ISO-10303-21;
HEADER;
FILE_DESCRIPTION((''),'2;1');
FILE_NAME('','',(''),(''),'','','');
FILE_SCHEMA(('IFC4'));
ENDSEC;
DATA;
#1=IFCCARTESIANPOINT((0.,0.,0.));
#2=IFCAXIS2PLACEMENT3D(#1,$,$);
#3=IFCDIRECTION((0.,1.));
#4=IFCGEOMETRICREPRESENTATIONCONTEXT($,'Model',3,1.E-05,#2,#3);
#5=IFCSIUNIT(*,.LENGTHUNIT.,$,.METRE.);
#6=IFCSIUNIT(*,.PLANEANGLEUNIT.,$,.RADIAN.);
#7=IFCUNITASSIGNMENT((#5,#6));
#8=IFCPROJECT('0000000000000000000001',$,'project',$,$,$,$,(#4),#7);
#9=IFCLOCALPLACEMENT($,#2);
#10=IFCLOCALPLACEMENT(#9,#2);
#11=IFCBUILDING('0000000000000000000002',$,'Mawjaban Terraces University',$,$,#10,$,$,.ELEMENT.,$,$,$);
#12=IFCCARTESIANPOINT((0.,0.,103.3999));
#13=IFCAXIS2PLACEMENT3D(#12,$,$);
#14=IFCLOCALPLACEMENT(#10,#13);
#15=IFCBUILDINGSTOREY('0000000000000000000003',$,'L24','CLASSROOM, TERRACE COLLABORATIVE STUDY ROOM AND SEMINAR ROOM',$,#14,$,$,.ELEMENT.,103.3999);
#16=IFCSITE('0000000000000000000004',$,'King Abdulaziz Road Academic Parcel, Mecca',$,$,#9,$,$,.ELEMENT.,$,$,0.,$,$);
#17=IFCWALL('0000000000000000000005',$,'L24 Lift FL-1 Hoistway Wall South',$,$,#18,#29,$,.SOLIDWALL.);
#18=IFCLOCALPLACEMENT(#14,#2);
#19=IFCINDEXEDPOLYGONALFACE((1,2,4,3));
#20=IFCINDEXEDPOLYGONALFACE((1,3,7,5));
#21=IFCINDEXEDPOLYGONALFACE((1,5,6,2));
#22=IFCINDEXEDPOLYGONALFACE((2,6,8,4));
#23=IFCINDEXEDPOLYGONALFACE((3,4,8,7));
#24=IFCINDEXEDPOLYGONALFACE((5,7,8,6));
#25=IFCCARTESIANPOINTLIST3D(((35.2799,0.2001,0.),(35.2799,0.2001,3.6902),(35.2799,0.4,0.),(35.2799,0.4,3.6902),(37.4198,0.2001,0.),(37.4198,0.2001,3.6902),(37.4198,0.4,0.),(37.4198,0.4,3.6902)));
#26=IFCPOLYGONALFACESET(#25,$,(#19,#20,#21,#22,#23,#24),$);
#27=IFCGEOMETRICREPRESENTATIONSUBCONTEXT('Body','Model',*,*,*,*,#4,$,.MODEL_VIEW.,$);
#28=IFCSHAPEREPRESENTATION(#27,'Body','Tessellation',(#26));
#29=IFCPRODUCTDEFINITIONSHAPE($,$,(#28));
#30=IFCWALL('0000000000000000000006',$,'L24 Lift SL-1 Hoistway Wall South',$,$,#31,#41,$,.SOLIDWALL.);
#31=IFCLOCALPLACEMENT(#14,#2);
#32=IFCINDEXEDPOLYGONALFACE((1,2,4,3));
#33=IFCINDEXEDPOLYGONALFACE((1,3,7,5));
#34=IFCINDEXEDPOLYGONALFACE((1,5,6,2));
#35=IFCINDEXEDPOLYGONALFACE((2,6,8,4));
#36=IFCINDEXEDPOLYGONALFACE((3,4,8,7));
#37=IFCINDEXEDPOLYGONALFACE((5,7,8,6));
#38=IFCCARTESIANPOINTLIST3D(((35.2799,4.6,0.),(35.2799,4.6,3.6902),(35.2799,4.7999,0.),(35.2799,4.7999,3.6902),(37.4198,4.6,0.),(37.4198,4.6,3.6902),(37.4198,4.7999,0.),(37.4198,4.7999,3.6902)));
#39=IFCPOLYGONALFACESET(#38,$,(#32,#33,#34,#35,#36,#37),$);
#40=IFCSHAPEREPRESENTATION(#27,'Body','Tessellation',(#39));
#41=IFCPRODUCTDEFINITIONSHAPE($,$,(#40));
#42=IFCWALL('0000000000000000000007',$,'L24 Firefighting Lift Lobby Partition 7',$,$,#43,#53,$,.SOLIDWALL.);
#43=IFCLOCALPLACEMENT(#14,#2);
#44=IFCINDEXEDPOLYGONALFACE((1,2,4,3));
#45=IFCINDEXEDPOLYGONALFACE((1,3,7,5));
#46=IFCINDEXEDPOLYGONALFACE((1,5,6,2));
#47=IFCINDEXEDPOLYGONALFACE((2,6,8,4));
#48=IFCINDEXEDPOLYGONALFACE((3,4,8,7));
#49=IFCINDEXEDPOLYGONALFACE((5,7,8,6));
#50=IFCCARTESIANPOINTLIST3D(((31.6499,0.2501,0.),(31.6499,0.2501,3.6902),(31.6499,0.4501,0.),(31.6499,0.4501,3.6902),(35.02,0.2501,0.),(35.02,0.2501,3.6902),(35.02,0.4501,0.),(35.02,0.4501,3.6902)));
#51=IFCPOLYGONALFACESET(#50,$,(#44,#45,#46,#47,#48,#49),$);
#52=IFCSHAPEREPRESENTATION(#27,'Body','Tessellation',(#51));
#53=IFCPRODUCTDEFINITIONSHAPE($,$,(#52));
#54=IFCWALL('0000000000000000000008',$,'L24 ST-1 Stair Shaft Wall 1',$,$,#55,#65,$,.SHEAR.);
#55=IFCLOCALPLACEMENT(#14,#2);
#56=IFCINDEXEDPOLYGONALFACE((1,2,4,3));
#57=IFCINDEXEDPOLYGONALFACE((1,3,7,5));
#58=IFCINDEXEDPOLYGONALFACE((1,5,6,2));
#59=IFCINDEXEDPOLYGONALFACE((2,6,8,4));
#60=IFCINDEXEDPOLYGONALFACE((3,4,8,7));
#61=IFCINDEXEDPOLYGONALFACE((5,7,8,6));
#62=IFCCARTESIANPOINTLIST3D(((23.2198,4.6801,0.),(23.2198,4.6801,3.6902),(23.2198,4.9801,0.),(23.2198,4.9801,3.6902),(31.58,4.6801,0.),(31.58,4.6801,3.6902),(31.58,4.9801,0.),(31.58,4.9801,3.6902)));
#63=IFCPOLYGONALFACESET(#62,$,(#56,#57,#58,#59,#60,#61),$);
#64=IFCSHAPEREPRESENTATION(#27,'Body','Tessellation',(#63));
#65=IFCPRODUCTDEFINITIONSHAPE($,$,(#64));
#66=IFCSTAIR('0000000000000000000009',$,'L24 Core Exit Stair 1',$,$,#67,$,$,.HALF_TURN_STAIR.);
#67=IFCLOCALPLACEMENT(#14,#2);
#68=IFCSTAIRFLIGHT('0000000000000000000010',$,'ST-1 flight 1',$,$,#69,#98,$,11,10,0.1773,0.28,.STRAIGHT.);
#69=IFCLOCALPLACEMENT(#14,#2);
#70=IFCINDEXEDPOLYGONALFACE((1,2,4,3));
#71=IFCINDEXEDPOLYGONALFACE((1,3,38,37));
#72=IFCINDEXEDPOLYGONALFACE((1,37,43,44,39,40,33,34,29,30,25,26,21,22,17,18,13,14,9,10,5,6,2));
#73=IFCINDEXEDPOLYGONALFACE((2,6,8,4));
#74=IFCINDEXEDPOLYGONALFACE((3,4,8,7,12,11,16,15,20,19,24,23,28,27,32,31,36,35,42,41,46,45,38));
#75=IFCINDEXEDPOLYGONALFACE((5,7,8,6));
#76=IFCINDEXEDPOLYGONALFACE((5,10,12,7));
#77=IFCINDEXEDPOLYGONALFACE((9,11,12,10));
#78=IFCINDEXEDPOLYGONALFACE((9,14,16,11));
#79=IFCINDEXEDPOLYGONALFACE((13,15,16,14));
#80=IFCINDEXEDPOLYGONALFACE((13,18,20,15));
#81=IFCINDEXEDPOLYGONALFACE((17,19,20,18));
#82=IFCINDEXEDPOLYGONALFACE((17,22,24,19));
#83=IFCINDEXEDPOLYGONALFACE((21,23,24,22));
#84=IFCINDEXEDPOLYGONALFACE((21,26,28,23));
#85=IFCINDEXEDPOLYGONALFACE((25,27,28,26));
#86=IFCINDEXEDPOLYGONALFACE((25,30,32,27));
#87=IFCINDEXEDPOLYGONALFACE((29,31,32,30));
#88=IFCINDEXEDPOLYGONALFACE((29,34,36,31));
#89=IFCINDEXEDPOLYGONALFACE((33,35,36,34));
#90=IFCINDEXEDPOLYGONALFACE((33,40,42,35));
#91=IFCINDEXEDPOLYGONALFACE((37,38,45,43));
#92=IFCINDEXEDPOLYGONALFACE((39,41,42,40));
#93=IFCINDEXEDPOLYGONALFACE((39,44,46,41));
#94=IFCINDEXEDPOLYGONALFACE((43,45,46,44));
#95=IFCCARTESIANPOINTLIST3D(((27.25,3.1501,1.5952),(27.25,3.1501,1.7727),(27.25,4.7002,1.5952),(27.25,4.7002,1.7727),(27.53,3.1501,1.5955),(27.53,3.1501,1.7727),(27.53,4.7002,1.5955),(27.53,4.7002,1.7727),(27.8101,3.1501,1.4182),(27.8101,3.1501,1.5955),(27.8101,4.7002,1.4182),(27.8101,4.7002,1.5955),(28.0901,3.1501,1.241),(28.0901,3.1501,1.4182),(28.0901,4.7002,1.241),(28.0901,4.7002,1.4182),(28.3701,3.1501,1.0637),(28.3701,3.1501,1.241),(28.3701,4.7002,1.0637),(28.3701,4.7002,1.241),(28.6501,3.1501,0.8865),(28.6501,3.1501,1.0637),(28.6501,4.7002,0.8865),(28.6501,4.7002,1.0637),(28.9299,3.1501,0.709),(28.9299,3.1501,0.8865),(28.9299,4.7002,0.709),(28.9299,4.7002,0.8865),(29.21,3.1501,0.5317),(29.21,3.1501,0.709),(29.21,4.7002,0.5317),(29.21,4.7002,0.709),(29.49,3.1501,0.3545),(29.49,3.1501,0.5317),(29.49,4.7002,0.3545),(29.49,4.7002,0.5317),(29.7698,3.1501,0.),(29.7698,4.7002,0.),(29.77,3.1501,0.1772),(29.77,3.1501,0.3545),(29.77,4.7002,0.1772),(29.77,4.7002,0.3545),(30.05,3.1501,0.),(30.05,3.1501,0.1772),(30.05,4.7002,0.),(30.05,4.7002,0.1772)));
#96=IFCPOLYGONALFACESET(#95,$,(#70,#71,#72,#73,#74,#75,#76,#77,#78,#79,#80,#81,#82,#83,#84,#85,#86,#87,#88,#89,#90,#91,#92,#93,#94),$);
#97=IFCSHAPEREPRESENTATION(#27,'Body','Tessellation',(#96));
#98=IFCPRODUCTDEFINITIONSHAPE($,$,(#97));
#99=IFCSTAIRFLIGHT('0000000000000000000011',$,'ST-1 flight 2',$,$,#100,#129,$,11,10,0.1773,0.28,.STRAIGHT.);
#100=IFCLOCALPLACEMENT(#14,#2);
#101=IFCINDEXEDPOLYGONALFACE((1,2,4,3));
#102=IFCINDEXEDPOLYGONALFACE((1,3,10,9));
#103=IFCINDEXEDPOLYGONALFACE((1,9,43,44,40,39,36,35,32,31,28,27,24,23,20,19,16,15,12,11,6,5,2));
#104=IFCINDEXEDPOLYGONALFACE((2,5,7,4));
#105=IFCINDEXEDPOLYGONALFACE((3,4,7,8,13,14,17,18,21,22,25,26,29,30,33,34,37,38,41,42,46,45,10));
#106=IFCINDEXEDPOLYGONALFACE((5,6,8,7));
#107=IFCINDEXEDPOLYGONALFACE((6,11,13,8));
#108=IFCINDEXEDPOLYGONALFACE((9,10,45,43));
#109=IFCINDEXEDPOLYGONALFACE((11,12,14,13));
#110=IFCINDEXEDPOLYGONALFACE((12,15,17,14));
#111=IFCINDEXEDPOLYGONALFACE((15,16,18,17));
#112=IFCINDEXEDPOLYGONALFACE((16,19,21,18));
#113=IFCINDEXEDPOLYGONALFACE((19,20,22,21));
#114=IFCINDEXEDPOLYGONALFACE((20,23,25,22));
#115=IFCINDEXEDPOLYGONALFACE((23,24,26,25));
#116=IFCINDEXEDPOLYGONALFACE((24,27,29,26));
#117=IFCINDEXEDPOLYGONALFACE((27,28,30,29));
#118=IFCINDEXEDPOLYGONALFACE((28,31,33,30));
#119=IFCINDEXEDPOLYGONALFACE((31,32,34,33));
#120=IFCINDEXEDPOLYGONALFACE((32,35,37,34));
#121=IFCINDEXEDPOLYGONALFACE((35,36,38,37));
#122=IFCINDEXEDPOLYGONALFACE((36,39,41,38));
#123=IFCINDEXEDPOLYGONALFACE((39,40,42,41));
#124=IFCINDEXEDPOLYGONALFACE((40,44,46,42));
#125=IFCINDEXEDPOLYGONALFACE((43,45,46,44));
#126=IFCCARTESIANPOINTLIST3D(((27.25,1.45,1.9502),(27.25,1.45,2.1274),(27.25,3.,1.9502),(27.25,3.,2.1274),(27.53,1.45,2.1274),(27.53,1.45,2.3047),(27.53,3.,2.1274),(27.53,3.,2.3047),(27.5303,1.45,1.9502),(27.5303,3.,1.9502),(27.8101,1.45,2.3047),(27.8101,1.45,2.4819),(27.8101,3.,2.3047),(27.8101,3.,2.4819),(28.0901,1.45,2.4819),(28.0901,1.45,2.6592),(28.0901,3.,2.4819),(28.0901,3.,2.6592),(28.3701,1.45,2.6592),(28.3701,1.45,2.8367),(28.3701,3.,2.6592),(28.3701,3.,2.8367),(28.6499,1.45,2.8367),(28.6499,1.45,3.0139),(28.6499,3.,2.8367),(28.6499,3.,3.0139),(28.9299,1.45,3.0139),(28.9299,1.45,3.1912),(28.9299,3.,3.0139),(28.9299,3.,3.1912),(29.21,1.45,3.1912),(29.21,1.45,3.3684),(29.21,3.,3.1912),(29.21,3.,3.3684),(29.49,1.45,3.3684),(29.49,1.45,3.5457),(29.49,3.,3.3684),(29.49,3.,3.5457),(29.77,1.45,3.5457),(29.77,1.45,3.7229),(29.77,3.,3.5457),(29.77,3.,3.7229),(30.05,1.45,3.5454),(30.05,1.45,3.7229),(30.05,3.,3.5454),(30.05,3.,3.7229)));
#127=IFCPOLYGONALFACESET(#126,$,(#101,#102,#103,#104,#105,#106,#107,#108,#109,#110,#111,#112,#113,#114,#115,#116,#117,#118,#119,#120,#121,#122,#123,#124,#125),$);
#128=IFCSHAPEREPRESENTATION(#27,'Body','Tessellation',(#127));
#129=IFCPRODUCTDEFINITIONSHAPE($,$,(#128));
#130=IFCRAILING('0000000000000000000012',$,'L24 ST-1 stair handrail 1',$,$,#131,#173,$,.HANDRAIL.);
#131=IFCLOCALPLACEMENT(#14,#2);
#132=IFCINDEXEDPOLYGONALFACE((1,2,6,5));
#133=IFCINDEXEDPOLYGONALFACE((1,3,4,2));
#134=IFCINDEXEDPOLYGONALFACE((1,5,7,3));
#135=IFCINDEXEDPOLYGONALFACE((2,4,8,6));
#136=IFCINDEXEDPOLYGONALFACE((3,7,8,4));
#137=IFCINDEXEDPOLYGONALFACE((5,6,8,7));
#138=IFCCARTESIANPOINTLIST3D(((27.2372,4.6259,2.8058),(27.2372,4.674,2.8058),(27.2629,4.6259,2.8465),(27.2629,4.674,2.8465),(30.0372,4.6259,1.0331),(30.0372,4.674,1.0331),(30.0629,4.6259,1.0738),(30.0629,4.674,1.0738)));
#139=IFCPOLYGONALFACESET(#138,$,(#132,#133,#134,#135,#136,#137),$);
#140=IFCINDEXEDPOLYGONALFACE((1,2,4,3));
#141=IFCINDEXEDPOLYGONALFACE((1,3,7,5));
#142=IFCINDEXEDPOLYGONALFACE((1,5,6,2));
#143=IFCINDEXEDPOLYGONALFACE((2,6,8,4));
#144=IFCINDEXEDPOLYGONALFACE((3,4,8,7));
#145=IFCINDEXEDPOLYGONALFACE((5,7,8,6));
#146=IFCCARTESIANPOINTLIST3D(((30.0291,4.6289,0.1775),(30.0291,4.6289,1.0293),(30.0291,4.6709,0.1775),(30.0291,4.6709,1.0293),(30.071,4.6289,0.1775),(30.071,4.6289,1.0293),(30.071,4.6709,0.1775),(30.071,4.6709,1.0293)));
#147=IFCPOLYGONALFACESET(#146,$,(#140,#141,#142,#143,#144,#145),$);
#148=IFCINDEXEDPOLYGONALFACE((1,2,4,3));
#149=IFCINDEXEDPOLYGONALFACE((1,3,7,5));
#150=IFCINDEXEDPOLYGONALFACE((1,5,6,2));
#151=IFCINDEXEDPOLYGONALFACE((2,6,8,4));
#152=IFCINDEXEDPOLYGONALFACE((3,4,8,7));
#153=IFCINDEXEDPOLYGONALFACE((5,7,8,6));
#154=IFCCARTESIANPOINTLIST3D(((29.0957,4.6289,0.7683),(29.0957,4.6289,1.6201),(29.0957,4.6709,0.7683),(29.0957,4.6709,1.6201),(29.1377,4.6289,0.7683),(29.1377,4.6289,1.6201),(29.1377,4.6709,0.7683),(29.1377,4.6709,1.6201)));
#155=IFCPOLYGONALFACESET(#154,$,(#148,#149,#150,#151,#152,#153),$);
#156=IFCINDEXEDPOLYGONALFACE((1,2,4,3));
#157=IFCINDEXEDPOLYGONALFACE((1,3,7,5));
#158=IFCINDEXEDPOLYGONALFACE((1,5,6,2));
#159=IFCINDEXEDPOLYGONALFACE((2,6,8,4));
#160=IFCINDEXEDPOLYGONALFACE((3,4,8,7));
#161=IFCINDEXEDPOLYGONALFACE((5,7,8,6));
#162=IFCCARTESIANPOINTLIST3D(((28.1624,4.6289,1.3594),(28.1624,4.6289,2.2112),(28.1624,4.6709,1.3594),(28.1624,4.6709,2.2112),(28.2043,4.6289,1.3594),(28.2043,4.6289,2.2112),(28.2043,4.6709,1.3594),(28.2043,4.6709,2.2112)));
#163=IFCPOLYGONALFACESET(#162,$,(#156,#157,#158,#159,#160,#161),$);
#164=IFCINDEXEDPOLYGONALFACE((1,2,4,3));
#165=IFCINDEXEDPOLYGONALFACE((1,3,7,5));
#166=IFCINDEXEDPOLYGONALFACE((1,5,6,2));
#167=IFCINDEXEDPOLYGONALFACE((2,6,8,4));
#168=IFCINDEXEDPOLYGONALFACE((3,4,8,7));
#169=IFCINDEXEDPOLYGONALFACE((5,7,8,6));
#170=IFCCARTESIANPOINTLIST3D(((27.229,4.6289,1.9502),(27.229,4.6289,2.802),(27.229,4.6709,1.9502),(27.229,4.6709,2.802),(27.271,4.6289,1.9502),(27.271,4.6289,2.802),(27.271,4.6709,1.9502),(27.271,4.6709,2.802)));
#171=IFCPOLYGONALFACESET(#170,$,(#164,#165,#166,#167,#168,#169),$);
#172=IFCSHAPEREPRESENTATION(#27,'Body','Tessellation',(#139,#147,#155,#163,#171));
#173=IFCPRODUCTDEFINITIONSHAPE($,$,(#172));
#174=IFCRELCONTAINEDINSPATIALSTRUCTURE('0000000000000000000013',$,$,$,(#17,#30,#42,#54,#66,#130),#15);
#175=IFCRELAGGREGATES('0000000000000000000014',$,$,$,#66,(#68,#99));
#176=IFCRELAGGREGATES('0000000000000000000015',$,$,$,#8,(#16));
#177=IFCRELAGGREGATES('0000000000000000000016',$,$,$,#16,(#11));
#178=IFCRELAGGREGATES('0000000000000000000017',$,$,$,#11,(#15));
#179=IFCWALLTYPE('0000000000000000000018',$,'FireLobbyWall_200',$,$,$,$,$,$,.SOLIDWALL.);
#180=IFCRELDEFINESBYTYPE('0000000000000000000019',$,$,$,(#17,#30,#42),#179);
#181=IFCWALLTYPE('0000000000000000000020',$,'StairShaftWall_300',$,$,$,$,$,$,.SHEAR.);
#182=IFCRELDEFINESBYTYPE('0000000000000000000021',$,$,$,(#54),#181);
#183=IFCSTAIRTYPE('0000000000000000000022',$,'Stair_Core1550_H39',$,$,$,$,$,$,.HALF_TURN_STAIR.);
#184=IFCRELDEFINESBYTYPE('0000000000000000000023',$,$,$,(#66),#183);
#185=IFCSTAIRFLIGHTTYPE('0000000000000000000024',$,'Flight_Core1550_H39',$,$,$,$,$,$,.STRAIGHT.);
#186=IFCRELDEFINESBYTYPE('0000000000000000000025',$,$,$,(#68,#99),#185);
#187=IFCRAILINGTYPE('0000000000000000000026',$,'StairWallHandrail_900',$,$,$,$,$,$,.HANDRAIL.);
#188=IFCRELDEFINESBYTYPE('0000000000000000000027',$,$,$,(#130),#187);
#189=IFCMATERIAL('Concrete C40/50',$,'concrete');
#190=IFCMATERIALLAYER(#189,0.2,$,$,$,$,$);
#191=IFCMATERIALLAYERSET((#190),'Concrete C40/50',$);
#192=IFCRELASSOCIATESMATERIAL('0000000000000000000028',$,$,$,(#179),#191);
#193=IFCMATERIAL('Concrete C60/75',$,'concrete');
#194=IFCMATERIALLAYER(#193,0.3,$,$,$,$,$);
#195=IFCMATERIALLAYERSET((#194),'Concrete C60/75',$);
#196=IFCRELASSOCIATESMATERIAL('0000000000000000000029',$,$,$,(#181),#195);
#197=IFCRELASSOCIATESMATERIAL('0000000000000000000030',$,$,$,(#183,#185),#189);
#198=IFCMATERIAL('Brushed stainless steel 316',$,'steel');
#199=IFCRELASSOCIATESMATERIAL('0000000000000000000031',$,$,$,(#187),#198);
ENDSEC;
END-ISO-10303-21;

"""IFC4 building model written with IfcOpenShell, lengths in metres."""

from ifc_helpers import new_model, si_unit, direction, frame, frame_2d, origin, origin_2d, place, context, subcontext, project, spatial, polyline, rectangle, outline, extrude, material, layer, layer_set, type_object, element, aggregate, save


model = new_model("IFC4")

# Units and contexts
model_context = context("Model", 3, precision=1e-05, world=origin(), true_north=direction((0.0, 1.0)))
body_context = subcontext(model_context, "Body", "Model", "MODEL_VIEW")
ifc_project = project(units=[si_unit("LENGTHUNIT", "METRE"), si_unit("PLANEANGLEUNIT", "RADIAN")], contexts=[model_context])

# Site, building, storey
site_placement = place(None, origin())
site = spatial("IfcSite", under=ifc_project, at=site_placement, Name="King Abdulaziz Road Academic Parcel, Mecca", CompositionType="ELEMENT", RefElevation=0.0)
building_placement = place(site_placement, origin())
building = spatial("IfcBuilding", under=site, at=building_placement, Name="Mawjaban Terraces University", CompositionType="ELEMENT")
storey_placement = place(building_placement, frame((0.0, 0.0, 103.3999)))
storey = spatial("IfcBuildingStorey", under=building, at=storey_placement, Name="L24", Description="CLASSROOM, TERRACE COLLABORATIVE STUDY ROOM AND SEMINAR ROOM", CompositionType="ELEMENT", Elevation=103.3999)

# Shared definitions
ifc_material_1 = material(Name="Concrete C60/75", Category="concrete")

# Shared definitions
ifc_material_2 = material(Name="Concrete C40/50", Category="concrete")
ifc_layer_1 = layer(ifc_material_2, 0.2)
ifc_layer_set_1 = layer_set([ifc_layer_1], Name="Concrete C40/50")
wall_type_1 = type_object("IfcWallType", Name="FireLobbyWall_200", PredefinedType="SOLIDWALL", material=ifc_layer_set_1)

# Wall
wall_1_placement = place(storey_placement, frame((35.28, 0.3, 0.0), z_axis=(0.0, 0.0, 1.0), x_axis=(1.0, 0.0, 0.0)))
element("IfcWall", 1, at=wall_1_placement, inside=storey, type_object=wall_type_1, Name="L24 Lift FL-1 Hoistway Wall South", PredefinedType="SOLIDWALL", context=body_context, shape_type="SweptSolid", body=[
    extrude(rectangle(XDim=2.1399, YDim=0.2, at=frame_2d((1.0698, 0.0))), origin(), (0.0, 0.0, 1.0), 3.6902),
])

# Walls
wall_2_placement = place(storey_placement, frame((35.28, 4.7, 0.0), z_axis=(0.0, 0.0, 1.0), x_axis=(1.0, 0.0, 0.0)))
element("IfcWall", 2, at=wall_2_placement, inside=storey, type_object=wall_type_1, Name="L24 Lift SL-1 Hoistway Wall South", PredefinedType="SOLIDWALL", context=body_context, shape_type="SweptSolid", body=[
    extrude(rectangle(XDim=2.1399, YDim=0.2, at=frame_2d((1.0698, 0.0))), origin(), (0.0, 0.0, 1.0), 3.6902),
])
wall_3_placement = place(storey_placement, frame((31.6499, 0.3501, 0.0), z_axis=(0.0, 0.0, 1.0), x_axis=(1.0, 0.0, 0.0)))
element("IfcWall", 3, at=wall_3_placement, inside=storey, type_object=wall_type_1, Name="L24 Firefighting Lift Lobby Partition 7", PredefinedType="SOLIDWALL", context=body_context, shape_type="SweptSolid", body=[
    extrude(rectangle(XDim=3.3701, YDim=0.2, at=frame_2d((1.6851, 0.0))), origin(), (0.0, 0.0, 1.0), 3.6902),
])

# Wall
ifc_layer_2 = layer(ifc_material_1, 0.3)
ifc_layer_set_2 = layer_set([ifc_layer_2], Name="Concrete C60/75")
wall_type_2 = type_object("IfcWallType", Name="StairShaftWall_300", PredefinedType="SHEAR", material=ifc_layer_set_2)
wall_4_placement = place(storey_placement, frame((31.5801, 4.8301, 0.0), z_axis=(0.0, 0.0, 1.0), x_axis=(-1.0, 0.0, 0.0)))
element("IfcWall", 4, at=wall_4_placement, inside=storey, type_object=wall_type_2, Name="L24 ST-1 Stair Shaft Wall 1", PredefinedType="SHEAR", context=body_context, shape_type="SweptSolid", body=[
    extrude(rectangle(XDim=8.3601, YDim=0.3, at=frame_2d((4.1802, 0.0))), origin(), (0.0, 0.0, 1.0), 3.6902),
])

# Stair, stair flights
stair_type = type_object("IfcStairType", Name="Stair_Core1550_H39", PredefinedType="HALF_TURN_STAIR", material=ifc_material_2)
stair_placement = place(storey_placement, origin())
stair = element("IfcStair", 5, at=stair_placement, inside=storey, type_object=stair_type, Name="L24 Core Exit Stair 1", PredefinedType="HALF_TURN_STAIR")
stair_flight_type = type_object("IfcStairFlightType", Name="Flight_Core1550_H39", PredefinedType="STRAIGHT", material=ifc_material_2)
stair_flight_1_placement = place(storey_placement, frame((30.05, 3.925, 0.0), z_axis=(0.0, 0.0, 1.0), x_axis=(-1.0, 0.0, 0.0)))
stair_flight_1 = element("IfcStairFlight", 6, at=stair_flight_1_placement, type_object=stair_flight_type, Name="ST-1 flight 1", NumberOfRisers=11, NumberOfTreads=10, PredefinedType="STRAIGHT", RiserHeight=0.1773, TreadLength=0.28, context=body_context, shape_type="SweptSolid", body=[
    extrude(outline(polyline([(0.0, 0.0), (0.0, 0.1772), (0.28, 0.1772), (0.28, 0.3545), (0.5601, 0.3545), (0.5601, 0.5317), (0.8401, 0.5317), (0.8401, 0.709), (1.1201, 0.709), (1.1201, 0.8865), (1.3999, 0.8865), (1.3999, 1.0637), (1.6799, 1.0637), (1.6799, 1.241), (1.96, 1.241), (1.96, 1.4182), (2.24, 1.4182), (2.24, 1.5955), (2.52, 1.5955), (2.52, 1.7727), (2.8, 1.7727), (2.8, 1.95), (2.8, 1.5952), (0.2803, 0.0), (0.0, 0.0)])), frame((0.0, 0.7749, 0.0), z_axis=(0.0, -1.0, 0.0), x_axis=(1.0, 0.0, 0.0)), (0.0, 0.0, 1.0), 1.55),
])
stair_flight_2_placement = place(storey_placement, frame((27.25, 2.2251, 1.9502), z_axis=(0.0, 0.0, 1.0), x_axis=(1.0, 0.0, 0.0)))
stair_flight_2 = element("IfcStairFlight", 7, at=stair_flight_2_placement, type_object=stair_flight_type, Name="ST-1 flight 2", NumberOfRisers=11, NumberOfTreads=10, PredefinedType="STRAIGHT", RiserHeight=0.1773, TreadLength=0.28, context=body_context, shape_type="SweptSolid", body=[
    extrude(outline(polyline([(0.0, 0.0), (0.0, 0.1772), (0.28, 0.1772), (0.28, 0.3545), (0.5601, 0.3545), (0.5601, 0.5317), (0.8401, 0.5317), (0.8401, 0.709), (1.1201, 0.709), (1.1201, 0.8865), (1.3999, 0.8865), (1.3999, 1.0637), (1.6799, 1.0637), (1.6799, 1.241), (1.96, 1.241), (1.96, 1.4182), (2.24, 1.4182), (2.24, 1.5955), (2.52, 1.5955), (2.52, 1.7727), (2.8, 1.7727), (2.8, 1.95), (2.8, 1.5952), (0.2803, 0.0), (0.0, 0.0)])), frame((0.0, 0.7749, 0.0), z_axis=(0.0, -1.0, 0.0), x_axis=(1.0, 0.0, 0.0)), (0.0, 0.0, 1.0), 1.55),
])
aggregate(stair, [stair_flight_1, stair_flight_2])

# Railing
ifc_material_3 = material(Name="Brushed stainless steel 316", Category="steel")
railing_type_1 = type_object("IfcRailingType", Name="StairWallHandrail_900", PredefinedType="HANDRAIL", material=ifc_material_3)
railing_1_placement = place(storey_placement, frame((30.05, 4.6499, 0.1775)))
element("IfcRailing", 8, at=railing_1_placement, inside=storey, type_object=railing_type_1, Name="L24 ST-1 stair handrail 1", PredefinedType="HANDRAIL", context=body_context, shape_type="SweptSolid", body=[
    extrude(rectangle(XDim=0.0481, YDim=0.0481, at=origin_2d()), frame((0.0, 0.0, 0.876), z_axis=(-0.844909, 0.0, 0.53491), x_axis=(0.0, -1.0, 0.0)), (0.0, 0.0, 1.0), 3.314),
    extrude(rectangle(XDim=0.042, YDim=0.042, at=origin_2d()), origin(), (0.0, 0.0, 1.0), 0.8518),
    extrude(rectangle(XDim=0.042, YDim=0.042, at=origin_2d()), frame((-0.9333, 0.0, 0.5908)), (0.0, 0.0, 1.0), 0.8518),
    extrude(rectangle(XDim=0.042, YDim=0.042, at=origin_2d()), frame((-1.8667, 0.0, 1.1819)), (0.0, 0.0, 1.0), 0.8518),
    extrude(rectangle(XDim=0.042, YDim=0.042, at=origin_2d()), frame((-2.8, 0.0, 1.7727)), (0.0, 0.0, 1.0), 0.8518),
])

save(model, "model.ifc")
